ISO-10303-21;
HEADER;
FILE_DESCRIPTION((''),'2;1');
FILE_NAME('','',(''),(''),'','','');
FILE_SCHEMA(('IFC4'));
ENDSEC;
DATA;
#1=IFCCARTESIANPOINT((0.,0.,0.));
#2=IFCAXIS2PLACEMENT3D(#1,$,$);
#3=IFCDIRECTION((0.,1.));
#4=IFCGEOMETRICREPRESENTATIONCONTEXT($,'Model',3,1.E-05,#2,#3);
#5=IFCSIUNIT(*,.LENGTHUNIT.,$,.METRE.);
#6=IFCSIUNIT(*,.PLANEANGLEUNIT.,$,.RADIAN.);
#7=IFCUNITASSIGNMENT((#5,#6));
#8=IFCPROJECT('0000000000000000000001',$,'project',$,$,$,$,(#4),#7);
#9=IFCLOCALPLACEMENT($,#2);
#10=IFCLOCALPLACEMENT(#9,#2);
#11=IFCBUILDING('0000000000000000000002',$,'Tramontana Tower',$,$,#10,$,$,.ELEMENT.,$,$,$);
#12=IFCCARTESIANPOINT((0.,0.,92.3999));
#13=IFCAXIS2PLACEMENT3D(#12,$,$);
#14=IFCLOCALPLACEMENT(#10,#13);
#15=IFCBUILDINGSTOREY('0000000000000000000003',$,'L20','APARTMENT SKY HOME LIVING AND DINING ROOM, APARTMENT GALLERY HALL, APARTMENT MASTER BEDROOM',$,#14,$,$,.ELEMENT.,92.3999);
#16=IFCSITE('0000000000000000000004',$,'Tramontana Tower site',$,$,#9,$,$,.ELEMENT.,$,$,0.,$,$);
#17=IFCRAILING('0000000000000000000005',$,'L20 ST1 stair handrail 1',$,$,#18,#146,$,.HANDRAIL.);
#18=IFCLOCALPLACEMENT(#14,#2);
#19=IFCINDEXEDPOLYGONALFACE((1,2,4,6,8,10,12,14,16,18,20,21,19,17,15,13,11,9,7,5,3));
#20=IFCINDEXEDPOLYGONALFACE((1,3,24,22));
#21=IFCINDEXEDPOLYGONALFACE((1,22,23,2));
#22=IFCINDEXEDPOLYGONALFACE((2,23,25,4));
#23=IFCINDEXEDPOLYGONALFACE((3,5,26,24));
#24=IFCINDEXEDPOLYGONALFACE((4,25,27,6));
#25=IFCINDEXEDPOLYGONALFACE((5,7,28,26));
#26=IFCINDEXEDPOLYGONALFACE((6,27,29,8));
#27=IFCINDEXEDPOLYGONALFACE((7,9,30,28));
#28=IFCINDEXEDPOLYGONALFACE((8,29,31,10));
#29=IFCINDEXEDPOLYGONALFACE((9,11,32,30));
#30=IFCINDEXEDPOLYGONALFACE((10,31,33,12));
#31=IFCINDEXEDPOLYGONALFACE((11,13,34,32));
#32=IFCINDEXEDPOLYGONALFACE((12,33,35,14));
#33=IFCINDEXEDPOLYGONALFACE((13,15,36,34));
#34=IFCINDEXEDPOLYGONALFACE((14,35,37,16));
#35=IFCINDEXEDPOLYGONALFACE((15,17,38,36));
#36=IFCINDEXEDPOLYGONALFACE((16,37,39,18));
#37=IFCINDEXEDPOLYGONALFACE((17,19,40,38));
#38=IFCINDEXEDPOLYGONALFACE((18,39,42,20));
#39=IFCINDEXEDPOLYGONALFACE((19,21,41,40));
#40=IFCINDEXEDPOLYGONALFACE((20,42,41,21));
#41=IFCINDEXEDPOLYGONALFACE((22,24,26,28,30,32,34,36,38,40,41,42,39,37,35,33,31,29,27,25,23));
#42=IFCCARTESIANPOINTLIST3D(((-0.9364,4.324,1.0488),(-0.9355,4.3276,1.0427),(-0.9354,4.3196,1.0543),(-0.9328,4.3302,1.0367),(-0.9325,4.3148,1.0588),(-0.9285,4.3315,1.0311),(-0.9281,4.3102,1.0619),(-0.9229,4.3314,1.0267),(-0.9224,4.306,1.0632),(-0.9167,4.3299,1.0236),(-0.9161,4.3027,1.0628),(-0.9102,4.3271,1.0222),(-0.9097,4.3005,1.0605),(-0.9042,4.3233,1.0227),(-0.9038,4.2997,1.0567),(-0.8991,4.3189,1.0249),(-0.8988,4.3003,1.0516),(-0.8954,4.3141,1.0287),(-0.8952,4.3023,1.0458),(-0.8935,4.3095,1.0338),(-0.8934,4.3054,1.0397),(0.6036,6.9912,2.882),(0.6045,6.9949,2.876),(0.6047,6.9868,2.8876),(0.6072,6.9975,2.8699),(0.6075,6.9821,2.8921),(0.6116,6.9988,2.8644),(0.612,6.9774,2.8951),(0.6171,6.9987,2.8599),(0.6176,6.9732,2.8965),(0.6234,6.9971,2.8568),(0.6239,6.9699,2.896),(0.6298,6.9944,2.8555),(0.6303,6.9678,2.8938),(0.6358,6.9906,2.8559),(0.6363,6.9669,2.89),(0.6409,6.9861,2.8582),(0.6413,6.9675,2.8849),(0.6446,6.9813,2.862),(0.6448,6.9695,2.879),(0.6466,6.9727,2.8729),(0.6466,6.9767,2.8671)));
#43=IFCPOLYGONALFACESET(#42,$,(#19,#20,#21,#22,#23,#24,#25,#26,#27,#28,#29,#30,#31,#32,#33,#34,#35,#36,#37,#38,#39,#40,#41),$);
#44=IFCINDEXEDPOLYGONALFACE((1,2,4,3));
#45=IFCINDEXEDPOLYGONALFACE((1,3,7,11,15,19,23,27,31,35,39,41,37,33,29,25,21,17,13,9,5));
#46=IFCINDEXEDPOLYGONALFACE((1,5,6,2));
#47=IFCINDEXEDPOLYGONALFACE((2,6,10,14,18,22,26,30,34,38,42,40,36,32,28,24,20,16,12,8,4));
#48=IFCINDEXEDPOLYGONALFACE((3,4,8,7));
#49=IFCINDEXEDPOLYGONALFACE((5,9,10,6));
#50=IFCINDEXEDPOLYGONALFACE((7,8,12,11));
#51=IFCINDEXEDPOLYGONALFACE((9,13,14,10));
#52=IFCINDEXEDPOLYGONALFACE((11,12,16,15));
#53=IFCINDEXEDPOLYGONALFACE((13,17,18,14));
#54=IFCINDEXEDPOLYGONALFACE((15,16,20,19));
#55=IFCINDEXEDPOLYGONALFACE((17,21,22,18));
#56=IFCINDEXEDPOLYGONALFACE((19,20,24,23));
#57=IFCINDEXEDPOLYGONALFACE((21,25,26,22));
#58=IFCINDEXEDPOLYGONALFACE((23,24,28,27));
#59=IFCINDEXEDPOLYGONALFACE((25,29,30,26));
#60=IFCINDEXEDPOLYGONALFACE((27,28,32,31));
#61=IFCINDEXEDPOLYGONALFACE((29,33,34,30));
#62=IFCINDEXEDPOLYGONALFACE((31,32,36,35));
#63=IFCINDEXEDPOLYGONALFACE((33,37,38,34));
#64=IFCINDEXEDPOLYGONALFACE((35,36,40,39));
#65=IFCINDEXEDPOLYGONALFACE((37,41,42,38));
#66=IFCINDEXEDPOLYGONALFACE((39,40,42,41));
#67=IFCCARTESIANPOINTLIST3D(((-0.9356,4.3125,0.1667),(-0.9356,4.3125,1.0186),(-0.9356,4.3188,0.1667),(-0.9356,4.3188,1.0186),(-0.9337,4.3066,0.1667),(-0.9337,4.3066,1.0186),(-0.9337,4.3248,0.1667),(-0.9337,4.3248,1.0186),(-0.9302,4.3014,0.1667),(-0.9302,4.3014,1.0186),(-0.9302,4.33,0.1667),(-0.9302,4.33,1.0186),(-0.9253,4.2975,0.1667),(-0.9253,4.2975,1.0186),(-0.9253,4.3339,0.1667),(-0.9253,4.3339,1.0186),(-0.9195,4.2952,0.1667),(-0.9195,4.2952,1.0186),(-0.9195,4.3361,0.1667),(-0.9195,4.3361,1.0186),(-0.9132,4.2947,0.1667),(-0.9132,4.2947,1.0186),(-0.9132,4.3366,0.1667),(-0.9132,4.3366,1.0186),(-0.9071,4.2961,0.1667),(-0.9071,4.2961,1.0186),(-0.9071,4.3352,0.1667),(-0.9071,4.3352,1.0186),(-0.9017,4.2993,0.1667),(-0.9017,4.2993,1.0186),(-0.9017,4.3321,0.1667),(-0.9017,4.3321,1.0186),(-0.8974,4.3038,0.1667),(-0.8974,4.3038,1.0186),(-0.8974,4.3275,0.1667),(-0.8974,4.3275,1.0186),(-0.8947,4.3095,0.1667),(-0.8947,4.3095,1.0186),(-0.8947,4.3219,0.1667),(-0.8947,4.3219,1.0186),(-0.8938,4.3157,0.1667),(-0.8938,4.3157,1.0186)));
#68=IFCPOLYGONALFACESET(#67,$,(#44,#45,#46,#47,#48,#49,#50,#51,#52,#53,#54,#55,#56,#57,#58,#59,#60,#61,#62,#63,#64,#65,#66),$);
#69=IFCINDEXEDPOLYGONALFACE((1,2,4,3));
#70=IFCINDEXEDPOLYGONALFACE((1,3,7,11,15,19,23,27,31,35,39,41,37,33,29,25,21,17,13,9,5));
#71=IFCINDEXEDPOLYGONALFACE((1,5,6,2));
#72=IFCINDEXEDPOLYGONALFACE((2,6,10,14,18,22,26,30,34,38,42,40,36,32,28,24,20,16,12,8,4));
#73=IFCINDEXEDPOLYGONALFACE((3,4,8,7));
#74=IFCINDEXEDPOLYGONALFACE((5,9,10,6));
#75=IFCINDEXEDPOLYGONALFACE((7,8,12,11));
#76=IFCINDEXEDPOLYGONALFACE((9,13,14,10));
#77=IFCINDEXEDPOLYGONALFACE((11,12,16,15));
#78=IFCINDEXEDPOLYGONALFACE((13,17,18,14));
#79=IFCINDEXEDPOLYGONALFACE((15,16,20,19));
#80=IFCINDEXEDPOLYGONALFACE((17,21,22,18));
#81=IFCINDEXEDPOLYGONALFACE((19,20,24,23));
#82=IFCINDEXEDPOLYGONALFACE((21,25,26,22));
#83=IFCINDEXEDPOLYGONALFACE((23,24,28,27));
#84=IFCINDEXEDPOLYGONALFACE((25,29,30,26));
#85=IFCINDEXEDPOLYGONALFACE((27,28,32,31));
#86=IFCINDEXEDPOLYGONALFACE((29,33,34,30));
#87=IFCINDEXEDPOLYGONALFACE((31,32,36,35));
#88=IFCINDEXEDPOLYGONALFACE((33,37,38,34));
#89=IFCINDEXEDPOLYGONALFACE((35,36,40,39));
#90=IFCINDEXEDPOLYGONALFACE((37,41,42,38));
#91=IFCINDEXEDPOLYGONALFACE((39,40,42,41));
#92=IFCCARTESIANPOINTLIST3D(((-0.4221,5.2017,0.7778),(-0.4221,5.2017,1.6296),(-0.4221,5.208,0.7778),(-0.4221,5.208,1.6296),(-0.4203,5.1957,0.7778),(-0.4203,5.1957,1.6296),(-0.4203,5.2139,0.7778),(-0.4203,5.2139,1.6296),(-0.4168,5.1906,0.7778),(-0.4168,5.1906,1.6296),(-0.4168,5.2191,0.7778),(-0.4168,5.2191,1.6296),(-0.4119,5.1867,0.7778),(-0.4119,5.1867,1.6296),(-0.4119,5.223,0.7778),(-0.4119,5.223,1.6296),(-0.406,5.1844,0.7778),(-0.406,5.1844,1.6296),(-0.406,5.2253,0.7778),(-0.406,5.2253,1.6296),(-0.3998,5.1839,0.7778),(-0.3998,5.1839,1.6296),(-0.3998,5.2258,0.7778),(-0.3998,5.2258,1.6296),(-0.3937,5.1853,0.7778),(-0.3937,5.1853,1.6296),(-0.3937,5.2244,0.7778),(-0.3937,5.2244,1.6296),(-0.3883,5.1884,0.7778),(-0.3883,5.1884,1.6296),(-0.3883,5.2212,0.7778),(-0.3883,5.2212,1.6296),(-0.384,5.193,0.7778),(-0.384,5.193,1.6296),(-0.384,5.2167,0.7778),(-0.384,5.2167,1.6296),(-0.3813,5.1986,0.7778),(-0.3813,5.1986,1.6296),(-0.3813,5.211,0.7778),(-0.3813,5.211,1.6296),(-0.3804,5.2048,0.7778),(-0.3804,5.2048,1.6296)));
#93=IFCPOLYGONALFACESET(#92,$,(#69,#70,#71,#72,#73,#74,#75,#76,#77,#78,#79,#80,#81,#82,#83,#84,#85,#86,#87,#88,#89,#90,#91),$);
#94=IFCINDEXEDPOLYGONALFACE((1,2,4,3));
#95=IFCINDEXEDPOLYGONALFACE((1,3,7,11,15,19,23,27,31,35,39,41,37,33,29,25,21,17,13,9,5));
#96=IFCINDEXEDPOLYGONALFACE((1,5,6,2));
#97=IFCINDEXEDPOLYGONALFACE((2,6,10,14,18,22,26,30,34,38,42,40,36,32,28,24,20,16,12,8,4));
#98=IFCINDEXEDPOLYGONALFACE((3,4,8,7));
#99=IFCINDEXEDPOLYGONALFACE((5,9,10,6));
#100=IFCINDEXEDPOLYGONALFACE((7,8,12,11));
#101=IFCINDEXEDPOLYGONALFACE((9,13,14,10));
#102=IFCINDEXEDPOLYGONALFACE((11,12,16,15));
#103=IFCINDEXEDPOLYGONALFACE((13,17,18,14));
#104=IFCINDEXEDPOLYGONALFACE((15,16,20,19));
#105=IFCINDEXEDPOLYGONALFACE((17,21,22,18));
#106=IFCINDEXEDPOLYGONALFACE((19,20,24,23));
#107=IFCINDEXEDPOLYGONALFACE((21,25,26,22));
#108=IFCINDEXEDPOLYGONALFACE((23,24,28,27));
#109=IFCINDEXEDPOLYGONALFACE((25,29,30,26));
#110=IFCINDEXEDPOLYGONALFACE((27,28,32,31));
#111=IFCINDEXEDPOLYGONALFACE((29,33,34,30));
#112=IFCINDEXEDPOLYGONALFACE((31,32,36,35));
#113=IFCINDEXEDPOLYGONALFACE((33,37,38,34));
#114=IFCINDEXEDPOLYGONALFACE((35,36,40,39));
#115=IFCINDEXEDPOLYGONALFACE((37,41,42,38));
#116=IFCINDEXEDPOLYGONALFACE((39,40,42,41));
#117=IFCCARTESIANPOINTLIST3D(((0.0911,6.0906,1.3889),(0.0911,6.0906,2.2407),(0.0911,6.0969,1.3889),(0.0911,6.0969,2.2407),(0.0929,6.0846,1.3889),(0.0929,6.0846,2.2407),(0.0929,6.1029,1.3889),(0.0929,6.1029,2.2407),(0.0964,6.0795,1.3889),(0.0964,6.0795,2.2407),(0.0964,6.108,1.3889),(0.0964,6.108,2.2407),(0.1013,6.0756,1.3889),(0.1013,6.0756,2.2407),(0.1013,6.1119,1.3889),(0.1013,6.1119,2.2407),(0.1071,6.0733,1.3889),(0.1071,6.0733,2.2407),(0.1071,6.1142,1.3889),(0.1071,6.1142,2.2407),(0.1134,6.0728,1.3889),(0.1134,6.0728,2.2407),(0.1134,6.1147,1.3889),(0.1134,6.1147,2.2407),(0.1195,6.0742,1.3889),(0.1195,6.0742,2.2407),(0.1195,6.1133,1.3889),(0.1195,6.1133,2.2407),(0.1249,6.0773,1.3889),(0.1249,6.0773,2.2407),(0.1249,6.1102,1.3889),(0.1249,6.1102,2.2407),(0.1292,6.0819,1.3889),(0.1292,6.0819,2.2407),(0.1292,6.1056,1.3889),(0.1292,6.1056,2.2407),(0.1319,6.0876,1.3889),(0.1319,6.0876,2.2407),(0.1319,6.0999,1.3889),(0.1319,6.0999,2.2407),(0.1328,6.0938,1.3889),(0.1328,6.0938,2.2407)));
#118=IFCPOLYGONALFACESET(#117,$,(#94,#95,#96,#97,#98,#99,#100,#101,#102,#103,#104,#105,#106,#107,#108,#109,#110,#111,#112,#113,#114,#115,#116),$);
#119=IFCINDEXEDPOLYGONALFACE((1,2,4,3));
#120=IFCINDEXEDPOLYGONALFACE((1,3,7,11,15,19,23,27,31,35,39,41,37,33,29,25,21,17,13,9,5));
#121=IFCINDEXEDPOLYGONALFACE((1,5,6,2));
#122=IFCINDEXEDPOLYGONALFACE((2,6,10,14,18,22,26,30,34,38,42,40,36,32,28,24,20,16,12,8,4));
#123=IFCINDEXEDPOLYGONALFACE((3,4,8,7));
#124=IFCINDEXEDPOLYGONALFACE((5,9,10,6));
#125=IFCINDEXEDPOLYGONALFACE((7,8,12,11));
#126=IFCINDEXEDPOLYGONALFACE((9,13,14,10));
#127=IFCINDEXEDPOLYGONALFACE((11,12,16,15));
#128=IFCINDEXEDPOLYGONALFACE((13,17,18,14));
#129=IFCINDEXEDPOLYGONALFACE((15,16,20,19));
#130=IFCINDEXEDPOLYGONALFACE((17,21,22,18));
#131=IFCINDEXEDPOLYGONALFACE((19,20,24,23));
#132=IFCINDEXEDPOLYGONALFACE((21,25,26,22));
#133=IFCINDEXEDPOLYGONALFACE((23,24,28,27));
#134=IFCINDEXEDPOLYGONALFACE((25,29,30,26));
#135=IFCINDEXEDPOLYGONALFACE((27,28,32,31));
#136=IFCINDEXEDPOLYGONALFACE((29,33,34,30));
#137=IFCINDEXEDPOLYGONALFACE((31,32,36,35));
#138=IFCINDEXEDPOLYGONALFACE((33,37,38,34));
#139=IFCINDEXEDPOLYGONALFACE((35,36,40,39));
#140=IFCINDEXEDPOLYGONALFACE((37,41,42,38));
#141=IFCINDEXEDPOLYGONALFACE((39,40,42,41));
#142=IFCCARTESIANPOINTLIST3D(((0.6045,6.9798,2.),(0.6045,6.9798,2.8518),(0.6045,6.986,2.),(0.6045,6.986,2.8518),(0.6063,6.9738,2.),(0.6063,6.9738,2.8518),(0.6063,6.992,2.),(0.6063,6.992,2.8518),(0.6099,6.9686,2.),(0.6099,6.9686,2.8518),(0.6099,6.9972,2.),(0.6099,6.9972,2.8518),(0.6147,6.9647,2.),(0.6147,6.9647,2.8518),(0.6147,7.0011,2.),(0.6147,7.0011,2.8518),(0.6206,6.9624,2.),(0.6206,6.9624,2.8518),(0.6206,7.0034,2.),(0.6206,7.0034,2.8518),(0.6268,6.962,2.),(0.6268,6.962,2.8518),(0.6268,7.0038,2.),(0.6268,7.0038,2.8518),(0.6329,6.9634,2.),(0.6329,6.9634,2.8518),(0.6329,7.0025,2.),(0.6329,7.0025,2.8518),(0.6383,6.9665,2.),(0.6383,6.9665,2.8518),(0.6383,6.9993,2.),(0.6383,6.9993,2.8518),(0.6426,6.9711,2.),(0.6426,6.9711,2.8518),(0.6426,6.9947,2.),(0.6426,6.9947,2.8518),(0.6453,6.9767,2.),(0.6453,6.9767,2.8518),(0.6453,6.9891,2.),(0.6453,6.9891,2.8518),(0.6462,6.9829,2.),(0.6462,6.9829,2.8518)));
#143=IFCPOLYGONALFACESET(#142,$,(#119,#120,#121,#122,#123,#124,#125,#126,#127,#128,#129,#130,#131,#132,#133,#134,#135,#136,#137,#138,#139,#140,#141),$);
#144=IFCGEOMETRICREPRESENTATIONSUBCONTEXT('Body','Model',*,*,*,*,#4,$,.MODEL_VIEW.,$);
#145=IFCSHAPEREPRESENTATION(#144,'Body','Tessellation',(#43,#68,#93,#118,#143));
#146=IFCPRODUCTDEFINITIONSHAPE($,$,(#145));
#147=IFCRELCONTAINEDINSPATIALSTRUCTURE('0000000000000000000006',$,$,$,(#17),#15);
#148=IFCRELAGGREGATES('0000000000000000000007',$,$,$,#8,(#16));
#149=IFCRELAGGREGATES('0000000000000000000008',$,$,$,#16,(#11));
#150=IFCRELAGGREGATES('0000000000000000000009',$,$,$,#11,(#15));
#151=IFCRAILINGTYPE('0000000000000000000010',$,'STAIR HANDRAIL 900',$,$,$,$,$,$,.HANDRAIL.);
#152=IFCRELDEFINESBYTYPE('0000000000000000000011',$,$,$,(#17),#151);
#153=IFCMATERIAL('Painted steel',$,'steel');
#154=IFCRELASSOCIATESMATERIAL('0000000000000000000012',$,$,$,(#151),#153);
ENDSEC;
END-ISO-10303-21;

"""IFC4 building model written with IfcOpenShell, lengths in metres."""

from ifc_helpers import new_model, si_unit, direction, frame, origin, origin_2d, place, context, subcontext, project, spatial, circle, extrude, material, type_object, element, save


model = new_model("IFC4")

# Units and contexts
model_context = context("Model", 3, precision=1e-05, world=origin(), true_north=direction((0.0, 1.0)))
body_context = subcontext(model_context, "Body", "Model", "MODEL_VIEW")
ifc_project = project(units=[si_unit("LENGTHUNIT", "METRE"), si_unit("PLANEANGLEUNIT", "RADIAN")], contexts=[model_context])

# Site, building, storey
site_placement = place(None, origin())
site = spatial("IfcSite", under=ifc_project, at=site_placement, Name="Tramontana Tower site", CompositionType="ELEMENT", RefElevation=0.0)
building_placement = place(site_placement, origin())
building = spatial("IfcBuilding", under=site, at=building_placement, Name="Tramontana Tower", CompositionType="ELEMENT")
storey_placement = place(building_placement, frame((0.0, 0.0, 92.3999)))
storey = spatial("IfcBuildingStorey", under=building, at=storey_placement, Name="L20", Description="APARTMENT SKY HOME LIVING AND DINING ROOM, APARTMENT GALLERY HALL, APARTMENT MASTER BEDROOM", CompositionType="ELEMENT", Elevation=92.3999)

# Railing
ifc_material_1 = material(Name="Painted steel", Category="steel")
railing_type_1 = type_object("IfcRailingType", Name="STAIR HANDRAIL 900", PredefinedType="HANDRAIL", material=ifc_material_1)
railing_1_placement = place(storey_placement, frame((-0.9148, 4.3157, 0.1667)))
element("IfcRailing", 1, at=railing_1_placement, inside=storey, type_object=railing_type_1, Name="L20 ST1 stair handrail 1", PredefinedType="HANDRAIL", context=body_context, shape_type="SweptSolid", body=[
    extrude(circle(Radius=0.0239, at=origin_2d()), frame((0.0, 0.0, 0.876), z_axis=(0.429671, 0.744159, 0.511478), x_axis=(-0.86601, 0.500027, 0.0)), (0.0, 0.0, 1.0), 3.5842),
    extrude(circle(Radius=0.021, at=origin_2d()), origin(), (0.0, 0.0, 1.0), 0.8518),
    extrude(circle(Radius=0.021, at=origin_2d()), frame((0.5134, 0.8892, 0.6111)), (0.0, 0.0, 1.0), 0.8518),
    extrude(circle(Radius=0.021, at=origin_2d()), frame((1.0266, 1.7781, 1.2222)), (0.0, 0.0, 1.0), 0.8518),
    extrude(circle(Radius=0.021, at=origin_2d()), frame((1.54, 2.6672, 1.8333)), (0.0, 0.0, 1.0), 0.8518),
])

save(model, "model.ifc")
